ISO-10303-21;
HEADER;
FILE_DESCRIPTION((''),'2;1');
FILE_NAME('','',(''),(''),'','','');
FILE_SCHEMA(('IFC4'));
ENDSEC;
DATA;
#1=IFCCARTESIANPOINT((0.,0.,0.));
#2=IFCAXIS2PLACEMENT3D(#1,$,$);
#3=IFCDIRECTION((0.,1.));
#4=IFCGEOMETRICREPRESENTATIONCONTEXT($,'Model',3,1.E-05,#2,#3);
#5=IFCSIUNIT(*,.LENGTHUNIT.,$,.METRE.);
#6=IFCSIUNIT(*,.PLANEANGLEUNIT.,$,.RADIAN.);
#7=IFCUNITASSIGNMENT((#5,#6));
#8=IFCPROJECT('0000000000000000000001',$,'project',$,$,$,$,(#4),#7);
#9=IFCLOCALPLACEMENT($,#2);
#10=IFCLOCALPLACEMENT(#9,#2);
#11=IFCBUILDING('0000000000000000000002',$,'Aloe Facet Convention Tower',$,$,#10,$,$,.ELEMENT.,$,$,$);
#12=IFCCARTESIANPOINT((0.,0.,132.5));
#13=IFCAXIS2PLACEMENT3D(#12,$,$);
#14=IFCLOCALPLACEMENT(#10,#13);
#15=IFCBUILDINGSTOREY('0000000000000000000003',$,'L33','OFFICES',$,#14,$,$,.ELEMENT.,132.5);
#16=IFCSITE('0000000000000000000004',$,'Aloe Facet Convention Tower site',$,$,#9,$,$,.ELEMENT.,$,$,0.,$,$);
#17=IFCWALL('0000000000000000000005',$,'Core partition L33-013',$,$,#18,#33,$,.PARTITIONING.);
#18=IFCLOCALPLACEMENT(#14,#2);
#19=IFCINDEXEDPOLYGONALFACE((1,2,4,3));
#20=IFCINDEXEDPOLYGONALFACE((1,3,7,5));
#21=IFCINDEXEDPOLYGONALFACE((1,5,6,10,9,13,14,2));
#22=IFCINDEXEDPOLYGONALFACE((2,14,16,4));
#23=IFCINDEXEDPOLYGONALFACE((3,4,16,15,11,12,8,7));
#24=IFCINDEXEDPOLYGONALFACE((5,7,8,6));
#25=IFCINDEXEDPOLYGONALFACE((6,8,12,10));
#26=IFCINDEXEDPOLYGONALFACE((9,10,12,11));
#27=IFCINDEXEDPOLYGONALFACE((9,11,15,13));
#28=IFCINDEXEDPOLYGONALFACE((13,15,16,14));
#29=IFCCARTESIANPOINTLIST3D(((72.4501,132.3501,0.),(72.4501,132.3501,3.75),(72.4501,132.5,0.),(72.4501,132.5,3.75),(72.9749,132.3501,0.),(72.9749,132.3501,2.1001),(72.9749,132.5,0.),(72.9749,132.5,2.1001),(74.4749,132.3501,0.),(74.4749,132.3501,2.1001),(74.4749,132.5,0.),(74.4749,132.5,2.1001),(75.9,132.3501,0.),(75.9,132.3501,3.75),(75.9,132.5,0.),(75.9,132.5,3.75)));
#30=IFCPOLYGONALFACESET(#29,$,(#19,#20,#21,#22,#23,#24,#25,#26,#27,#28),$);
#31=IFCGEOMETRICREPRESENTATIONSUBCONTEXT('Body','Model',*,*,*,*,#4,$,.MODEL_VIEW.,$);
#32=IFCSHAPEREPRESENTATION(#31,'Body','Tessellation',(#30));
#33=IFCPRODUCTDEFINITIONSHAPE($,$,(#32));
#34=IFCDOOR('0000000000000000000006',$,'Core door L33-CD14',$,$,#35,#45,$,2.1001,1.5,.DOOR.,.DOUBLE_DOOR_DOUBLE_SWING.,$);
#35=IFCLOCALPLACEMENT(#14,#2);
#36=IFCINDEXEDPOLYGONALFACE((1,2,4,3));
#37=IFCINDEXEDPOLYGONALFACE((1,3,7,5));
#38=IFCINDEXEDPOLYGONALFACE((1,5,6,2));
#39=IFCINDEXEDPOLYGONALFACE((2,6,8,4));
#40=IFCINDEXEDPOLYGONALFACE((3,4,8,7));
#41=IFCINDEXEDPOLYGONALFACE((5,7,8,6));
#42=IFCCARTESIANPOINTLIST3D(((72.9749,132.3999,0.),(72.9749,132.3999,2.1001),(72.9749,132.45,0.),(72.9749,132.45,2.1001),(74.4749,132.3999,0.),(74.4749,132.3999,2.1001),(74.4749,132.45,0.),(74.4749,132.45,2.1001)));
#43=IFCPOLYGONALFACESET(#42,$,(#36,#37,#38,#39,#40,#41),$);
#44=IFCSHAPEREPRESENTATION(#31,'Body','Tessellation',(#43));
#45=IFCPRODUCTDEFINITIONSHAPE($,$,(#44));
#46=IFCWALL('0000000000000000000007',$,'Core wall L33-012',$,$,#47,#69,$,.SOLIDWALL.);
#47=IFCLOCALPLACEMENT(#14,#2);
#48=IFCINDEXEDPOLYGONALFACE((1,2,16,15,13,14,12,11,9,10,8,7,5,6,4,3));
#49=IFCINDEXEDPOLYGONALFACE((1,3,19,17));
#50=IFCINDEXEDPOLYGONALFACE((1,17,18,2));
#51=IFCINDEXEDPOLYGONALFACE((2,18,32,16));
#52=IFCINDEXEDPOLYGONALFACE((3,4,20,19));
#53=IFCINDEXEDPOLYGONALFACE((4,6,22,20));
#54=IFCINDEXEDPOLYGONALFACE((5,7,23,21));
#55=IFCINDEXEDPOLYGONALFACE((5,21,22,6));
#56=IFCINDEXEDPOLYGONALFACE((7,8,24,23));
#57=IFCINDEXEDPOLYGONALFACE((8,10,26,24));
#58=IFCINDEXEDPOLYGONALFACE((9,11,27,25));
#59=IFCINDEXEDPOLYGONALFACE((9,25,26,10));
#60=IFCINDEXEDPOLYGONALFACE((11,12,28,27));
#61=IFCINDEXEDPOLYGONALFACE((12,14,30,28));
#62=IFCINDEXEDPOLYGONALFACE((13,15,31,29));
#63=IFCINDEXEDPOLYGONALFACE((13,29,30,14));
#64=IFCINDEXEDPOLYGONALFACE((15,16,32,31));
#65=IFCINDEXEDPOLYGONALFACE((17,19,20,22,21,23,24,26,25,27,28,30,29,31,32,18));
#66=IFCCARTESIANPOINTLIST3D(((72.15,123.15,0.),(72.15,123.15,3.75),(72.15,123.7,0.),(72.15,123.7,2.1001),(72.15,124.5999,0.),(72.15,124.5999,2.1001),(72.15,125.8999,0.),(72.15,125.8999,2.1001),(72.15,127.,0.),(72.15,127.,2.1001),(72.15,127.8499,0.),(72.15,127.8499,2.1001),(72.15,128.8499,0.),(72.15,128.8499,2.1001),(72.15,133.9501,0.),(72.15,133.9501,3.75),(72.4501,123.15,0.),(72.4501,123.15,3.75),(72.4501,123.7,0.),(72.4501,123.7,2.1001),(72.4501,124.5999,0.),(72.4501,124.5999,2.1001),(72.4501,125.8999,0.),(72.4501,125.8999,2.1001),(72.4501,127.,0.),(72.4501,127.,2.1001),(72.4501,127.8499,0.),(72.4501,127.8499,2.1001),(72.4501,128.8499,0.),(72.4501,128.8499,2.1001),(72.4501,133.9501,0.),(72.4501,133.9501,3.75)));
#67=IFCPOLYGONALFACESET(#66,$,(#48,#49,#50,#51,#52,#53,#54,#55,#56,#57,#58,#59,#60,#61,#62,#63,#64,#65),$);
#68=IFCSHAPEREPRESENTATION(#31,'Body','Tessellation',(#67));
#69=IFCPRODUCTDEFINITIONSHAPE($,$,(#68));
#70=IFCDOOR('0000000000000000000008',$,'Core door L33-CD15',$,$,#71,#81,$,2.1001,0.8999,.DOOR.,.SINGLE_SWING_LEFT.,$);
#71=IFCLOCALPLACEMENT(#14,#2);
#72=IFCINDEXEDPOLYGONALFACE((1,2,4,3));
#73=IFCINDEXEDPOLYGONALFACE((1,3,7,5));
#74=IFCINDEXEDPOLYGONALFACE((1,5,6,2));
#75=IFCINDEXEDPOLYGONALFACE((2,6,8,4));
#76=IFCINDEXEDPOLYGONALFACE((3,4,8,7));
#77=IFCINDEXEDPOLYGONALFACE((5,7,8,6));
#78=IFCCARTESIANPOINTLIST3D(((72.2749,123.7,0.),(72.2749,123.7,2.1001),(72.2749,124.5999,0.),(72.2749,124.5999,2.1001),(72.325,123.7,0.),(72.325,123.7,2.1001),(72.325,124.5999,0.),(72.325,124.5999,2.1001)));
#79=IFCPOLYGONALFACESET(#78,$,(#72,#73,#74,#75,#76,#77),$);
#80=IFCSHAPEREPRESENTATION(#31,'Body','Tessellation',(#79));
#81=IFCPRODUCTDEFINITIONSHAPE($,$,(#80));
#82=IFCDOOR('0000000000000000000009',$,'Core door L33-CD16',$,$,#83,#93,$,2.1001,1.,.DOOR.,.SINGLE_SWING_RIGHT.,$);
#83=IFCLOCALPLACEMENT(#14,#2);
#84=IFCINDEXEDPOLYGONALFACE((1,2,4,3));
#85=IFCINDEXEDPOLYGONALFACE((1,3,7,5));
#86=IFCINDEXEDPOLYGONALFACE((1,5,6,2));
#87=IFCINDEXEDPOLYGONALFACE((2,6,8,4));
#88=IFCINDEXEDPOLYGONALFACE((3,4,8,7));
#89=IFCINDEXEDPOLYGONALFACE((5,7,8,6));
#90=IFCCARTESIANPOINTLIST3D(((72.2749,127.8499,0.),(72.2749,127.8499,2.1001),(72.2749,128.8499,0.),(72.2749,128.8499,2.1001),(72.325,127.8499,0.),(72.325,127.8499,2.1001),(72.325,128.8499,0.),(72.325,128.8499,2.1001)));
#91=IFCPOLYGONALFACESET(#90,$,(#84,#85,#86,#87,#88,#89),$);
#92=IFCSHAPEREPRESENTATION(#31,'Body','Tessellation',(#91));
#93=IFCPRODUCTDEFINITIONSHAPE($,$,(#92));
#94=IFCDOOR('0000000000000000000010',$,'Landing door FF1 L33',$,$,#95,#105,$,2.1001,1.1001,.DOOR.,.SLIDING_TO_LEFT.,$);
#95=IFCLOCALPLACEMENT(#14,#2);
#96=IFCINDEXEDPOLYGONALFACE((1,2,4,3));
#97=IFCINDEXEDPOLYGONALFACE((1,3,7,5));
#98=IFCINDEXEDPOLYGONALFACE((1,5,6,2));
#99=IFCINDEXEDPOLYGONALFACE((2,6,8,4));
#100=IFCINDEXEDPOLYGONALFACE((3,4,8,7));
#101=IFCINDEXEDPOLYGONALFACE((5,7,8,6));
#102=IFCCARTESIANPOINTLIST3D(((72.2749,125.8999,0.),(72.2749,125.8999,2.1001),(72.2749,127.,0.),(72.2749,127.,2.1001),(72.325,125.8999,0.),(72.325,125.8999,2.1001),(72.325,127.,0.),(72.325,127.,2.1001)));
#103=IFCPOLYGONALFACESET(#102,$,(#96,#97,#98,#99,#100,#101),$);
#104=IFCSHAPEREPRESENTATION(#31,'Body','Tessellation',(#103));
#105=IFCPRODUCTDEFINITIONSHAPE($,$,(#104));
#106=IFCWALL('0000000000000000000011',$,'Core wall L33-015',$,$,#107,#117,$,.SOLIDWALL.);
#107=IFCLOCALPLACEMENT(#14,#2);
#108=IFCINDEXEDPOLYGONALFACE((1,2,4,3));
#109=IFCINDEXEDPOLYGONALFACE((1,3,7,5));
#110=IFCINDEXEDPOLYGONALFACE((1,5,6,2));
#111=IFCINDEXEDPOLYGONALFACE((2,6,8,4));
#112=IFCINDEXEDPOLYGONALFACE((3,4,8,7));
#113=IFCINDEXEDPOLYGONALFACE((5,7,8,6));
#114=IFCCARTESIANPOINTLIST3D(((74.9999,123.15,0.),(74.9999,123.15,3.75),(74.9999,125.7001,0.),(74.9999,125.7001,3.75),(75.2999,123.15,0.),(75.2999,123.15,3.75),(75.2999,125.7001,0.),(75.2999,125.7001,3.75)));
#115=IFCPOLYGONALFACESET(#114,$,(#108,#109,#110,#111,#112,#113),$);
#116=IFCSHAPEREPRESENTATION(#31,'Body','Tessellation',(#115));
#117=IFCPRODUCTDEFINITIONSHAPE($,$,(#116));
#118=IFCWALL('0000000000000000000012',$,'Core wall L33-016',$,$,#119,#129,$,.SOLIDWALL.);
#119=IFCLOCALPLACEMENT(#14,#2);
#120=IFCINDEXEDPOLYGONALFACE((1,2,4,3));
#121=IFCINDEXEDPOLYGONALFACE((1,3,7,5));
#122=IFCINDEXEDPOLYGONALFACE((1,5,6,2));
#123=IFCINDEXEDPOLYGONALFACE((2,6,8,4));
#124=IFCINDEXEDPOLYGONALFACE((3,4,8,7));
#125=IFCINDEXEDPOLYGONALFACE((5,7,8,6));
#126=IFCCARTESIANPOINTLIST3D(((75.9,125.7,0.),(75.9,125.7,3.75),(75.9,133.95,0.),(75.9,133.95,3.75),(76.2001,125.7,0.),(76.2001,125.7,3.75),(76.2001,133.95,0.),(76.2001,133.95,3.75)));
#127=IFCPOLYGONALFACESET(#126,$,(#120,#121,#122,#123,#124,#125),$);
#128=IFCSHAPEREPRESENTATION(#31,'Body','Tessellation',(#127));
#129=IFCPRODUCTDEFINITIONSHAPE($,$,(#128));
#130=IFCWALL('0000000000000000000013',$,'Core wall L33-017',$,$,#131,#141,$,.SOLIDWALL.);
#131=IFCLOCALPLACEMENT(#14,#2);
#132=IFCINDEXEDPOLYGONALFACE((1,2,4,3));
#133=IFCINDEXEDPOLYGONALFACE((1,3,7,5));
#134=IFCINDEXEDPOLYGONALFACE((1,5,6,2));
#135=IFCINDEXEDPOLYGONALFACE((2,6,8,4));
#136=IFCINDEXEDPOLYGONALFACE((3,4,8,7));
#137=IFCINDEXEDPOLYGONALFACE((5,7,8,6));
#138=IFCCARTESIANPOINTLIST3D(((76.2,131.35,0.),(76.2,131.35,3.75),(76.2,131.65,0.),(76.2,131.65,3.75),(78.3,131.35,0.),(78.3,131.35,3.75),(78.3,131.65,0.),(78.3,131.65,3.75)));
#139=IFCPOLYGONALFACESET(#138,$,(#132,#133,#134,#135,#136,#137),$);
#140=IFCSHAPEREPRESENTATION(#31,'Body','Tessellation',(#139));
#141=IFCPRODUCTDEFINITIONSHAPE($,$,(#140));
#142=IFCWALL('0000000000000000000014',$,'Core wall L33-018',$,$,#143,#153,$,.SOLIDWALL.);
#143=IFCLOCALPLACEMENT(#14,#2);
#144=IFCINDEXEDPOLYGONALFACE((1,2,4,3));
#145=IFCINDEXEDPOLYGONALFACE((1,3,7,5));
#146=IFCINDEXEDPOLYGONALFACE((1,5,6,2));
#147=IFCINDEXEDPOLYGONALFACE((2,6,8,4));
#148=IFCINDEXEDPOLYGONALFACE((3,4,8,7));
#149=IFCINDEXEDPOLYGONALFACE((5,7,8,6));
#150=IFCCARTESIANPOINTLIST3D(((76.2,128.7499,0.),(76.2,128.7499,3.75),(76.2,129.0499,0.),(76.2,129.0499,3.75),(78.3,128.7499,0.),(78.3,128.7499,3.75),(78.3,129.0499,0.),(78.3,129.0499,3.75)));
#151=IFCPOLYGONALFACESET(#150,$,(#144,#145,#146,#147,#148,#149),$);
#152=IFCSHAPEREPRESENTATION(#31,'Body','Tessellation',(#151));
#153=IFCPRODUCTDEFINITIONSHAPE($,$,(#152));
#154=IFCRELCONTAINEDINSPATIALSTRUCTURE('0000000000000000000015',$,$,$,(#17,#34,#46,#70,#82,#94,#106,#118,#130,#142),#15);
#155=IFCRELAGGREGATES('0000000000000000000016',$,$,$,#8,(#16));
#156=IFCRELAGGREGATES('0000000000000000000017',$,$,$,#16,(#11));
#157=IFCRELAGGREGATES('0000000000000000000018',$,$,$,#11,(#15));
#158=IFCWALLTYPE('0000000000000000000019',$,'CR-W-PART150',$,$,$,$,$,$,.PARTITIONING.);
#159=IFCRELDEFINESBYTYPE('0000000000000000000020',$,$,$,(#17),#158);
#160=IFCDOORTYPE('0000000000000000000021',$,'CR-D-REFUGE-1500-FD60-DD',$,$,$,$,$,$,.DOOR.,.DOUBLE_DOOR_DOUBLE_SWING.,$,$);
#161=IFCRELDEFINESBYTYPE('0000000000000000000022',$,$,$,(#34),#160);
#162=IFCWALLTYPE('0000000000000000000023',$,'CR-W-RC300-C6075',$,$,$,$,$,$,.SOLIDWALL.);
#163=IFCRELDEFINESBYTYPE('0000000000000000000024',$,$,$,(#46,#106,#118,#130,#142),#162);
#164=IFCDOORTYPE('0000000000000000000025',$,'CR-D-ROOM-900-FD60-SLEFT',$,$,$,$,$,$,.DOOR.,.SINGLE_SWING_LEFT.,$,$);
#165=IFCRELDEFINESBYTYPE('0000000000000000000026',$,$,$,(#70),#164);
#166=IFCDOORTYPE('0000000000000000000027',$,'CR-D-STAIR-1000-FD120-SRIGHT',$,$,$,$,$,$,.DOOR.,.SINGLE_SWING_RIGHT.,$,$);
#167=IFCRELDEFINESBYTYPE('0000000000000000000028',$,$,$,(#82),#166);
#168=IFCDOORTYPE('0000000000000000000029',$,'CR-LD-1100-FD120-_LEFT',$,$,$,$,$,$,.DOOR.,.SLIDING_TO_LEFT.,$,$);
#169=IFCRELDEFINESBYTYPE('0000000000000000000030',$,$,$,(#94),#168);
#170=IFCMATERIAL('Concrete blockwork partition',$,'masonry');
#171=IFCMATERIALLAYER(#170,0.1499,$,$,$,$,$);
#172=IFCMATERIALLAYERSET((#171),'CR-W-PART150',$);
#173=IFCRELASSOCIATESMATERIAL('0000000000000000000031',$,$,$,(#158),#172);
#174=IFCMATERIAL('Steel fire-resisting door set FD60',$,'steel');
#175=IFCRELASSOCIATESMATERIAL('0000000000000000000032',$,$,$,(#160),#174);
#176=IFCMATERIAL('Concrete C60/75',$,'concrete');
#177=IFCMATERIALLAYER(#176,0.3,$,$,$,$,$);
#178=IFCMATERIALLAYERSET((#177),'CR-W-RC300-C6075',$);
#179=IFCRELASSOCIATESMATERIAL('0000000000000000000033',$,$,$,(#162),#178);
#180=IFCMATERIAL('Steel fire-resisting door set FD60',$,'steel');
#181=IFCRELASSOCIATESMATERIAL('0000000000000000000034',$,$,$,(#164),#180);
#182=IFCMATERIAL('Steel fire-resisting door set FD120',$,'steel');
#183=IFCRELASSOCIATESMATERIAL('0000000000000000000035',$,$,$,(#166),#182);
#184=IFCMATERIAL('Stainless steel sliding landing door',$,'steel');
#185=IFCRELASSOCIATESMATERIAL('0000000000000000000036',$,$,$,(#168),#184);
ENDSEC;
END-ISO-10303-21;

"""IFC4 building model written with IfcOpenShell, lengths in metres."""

from ifc_helpers import new_model, si_unit, direction, frame, frame_2d, origin, place, context, subcontext, project, spatial, rectangle, extrude, material, layer, layer_set, type_object, element, fill, save


model = new_model("IFC4")

# Units and contexts
model_context = context("Model", 3, precision=1e-05, world=origin(), true_north=direction((0.0, 1.0)))
body_context = subcontext(model_context, "Body", "Model", "MODEL_VIEW")
ifc_project = project(units=[si_unit("LENGTHUNIT", "METRE"), si_unit("PLANEANGLEUNIT", "RADIAN")], contexts=[model_context])

# Site, building, storey
site_placement = place(None, origin())
site = spatial("IfcSite", under=ifc_project, at=site_placement, Name="Aloe Facet Convention Tower site", CompositionType="ELEMENT", RefElevation=0.0)
building_placement = place(site_placement, origin())
building = spatial("IfcBuilding", under=site, at=building_placement, Name="Aloe Facet Convention Tower", CompositionType="ELEMENT")
storey_placement = place(building_placement, frame((0.0, 0.0, 132.5)))
storey = spatial("IfcBuildingStorey", under=building, at=storey_placement, Name="L33", Description="OFFICES", CompositionType="ELEMENT", Elevation=132.5)

# Wall, opening, door
ifc_material_1 = material(Name="Concrete blockwork partition", Category="masonry")
ifc_layer_1 = layer(ifc_material_1, 0.1499)
ifc_layer_set_1 = layer_set([ifc_layer_1], Name="CR-W-PART150")
wall_type_1 = type_object("IfcWallType", Name="CR-W-PART150", PredefinedType="PARTITIONING", material=ifc_layer_set_1)
wall_1_placement = place(storey_placement, frame((72.45, 132.425, 0.0), z_axis=(0.0, 0.0, 1.0), x_axis=(1.0, 0.0, 0.0)))
wall_1 = element("IfcWall", 1, at=wall_1_placement, inside=storey, type_object=wall_type_1, Name="Core partition L33-013", PredefinedType="PARTITIONING", context=body_context, shape_type="SweptSolid", body=[
    extrude(rectangle(XDim=3.45, YDim=0.1499, at=frame_2d((1.7251, 0.0))), origin(), (0.0, 0.0, 1.0), 3.75),
])
opening_1_placement = place(wall_1_placement, frame((0.5249, 0.0, 0.0)))
opening_1 = element("IfcOpeningElement", 2, at=opening_1_placement, cuts=wall_1, PredefinedType="OPENING", context=body_context, shape_type="SweptSolid", body=[
    extrude(rectangle(XDim=1.5, YDim=2.1001, at=frame_2d((0.75, 1.05))), frame((0.0, 0.085, 0.0), z_axis=(0.0, -1.0, 0.0), x_axis=(1.0, 0.0, 0.0)), (0.0, 0.0, 1.0), 0.1699),
])
ifc_material_2 = material(Name="Steel fire-resisting door set FD60", Category="steel")
door_type_1 = type_object("IfcDoorType", Name="CR-D-REFUGE-1500-FD60-DD", OperationType="DOUBLE_DOOR_DOUBLE_SWING", PredefinedType="DOOR", material=ifc_material_2)
door_1_placement = place(opening_1_placement, origin())
door_1 = element("IfcDoor", 3, at=door_1_placement, inside=storey, type_object=door_type_1, Name="Core door L33-CD14", OperationType="DOUBLE_DOOR_DOUBLE_SWING", OverallHeight=2.1001, OverallWidth=1.5, PredefinedType="DOOR", context=body_context, shape_type="SweptSolid", body=[
    extrude(rectangle(XDim=1.5, YDim=2.1001, at=frame_2d((0.75, 1.05))), frame((0.0, 0.0249, 0.0), z_axis=(0.0, -1.0, 0.0), x_axis=(1.0, 0.0, 0.0)), (0.0, 0.0, 1.0), 0.05),
])
fill(opening_1, door_1)

# Wall, openings, doors
ifc_material_3 = material(Name="Concrete C60/75", Category="concrete")
ifc_layer_2 = layer(ifc_material_3, 0.3)
ifc_layer_set_2 = layer_set([ifc_layer_2], Name="CR-W-RC300-C6075")
wall_type_2 = type_object("IfcWallType", Name="CR-W-RC300-C6075", PredefinedType="SOLIDWALL", material=ifc_layer_set_2)
wall_2_placement = place(storey_placement, frame((72.3, 133.95, 0.0), z_axis=(0.0, 0.0, 1.0), x_axis=(0.0, -1.0, 0.0)))
wall_2 = element("IfcWall", 4, at=wall_2_placement, inside=storey, type_object=wall_type_2, Name="Core wall L33-012", PredefinedType="SOLIDWALL", context=body_context, shape_type="SweptSolid", body=[
    extrude(rectangle(XDim=10.8, YDim=0.3, at=frame_2d((5.3999, 0.0))), origin(), (0.0, 0.0, 1.0), 3.75),
])
opening_2_placement = place(wall_2_placement, frame((6.95, 0.0, 0.0)))
opening_2 = element("IfcOpeningElement", 5, at=opening_2_placement, cuts=wall_2, PredefinedType="OPENING", context=body_context, shape_type="SweptSolid", body=[
    extrude(rectangle(XDim=1.1001, YDim=2.1001, at=frame_2d((0.55, 1.05))), frame((0.0, 0.1602, 0.0), z_axis=(0.0, -1.0, 0.0), x_axis=(1.0, 0.0, 0.0)), (0.0, 0.0, 1.0), 0.3201),
])
opening_3_placement = place(wall_2_placement, frame((9.3501, 0.0, 0.0)))
opening_3 = element("IfcOpeningElement", 6, at=opening_3_placement, cuts=wall_2, PredefinedType="OPENING", context=body_context, shape_type="SweptSolid", body=[
    extrude(rectangle(XDim=0.8999, YDim=2.1001, at=frame_2d((0.45, 1.05))), frame((0.0, 0.1602, 0.0), z_axis=(0.0, -1.0, 0.0), x_axis=(1.0, 0.0, 0.0)), (0.0, 0.0, 1.0), 0.3201),
])
opening_4_placement = place(wall_2_placement, frame((5.1001, 0.0, 0.0)))
opening_4 = element("IfcOpeningElement", 7, at=opening_4_placement, cuts=wall_2, PredefinedType="OPENING", context=body_context, shape_type="SweptSolid", body=[
    extrude(rectangle(XDim=1.0, YDim=2.1001, at=frame_2d((0.5, 1.05))), frame((0.0, 0.1602, 0.0), z_axis=(0.0, -1.0, 0.0), x_axis=(1.0, 0.0, 0.0)), (0.0, 0.0, 1.0), 0.3201),
])
ifc_material_4 = material(Name="Steel fire-resisting door set FD60", Category="steel")
door_type_2 = type_object("IfcDoorType", Name="CR-D-ROOM-900-FD60-SLEFT", OperationType="SINGLE_SWING_LEFT", PredefinedType="DOOR", material=ifc_material_4)
door_2_placement = place(opening_3_placement, origin())
door_2 = element("IfcDoor", 8, at=door_2_placement, inside=storey, type_object=door_type_2, Name="Core door L33-CD15", OperationType="SINGLE_SWING_LEFT", OverallHeight=2.1001, OverallWidth=0.8999, PredefinedType="DOOR", context=body_context, shape_type="SweptSolid", body=[
    extrude(rectangle(XDim=0.8999, YDim=2.1001, at=frame_2d((0.45, 1.05))), frame((0.0, 0.0249, 0.0), z_axis=(0.0, -1.0, 0.0), x_axis=(1.0, 0.0, 0.0)), (0.0, 0.0, 1.0), 0.05),
])
fill(opening_3, door_2)
ifc_material_5 = material(Name="Steel fire-resisting door set FD120", Category="steel")
door_type_3 = type_object("IfcDoorType", Name="CR-D-STAIR-1000-FD120-SRIGHT", OperationType="SINGLE_SWING_RIGHT", PredefinedType="DOOR", material=ifc_material_5)
door_3_placement = place(opening_4_placement, origin())
door_3 = element("IfcDoor", 9, at=door_3_placement, inside=storey, type_object=door_type_3, Name="Core door L33-CD16", OperationType="SINGLE_SWING_RIGHT", OverallHeight=2.1001, OverallWidth=1.0, PredefinedType="DOOR", context=body_context, shape_type="SweptSolid", body=[
    extrude(rectangle(XDim=1.0, YDim=2.1001, at=frame_2d((0.5, 1.05))), frame((0.0, 0.0249, 0.0), z_axis=(0.0, -1.0, 0.0), x_axis=(1.0, 0.0, 0.0)), (0.0, 0.0, 1.0), 0.05),
])
fill(opening_4, door_3)
ifc_material_6 = material(Name="Stainless steel sliding landing door", Category="steel")
door_type_4 = type_object("IfcDoorType", Name="CR-LD-1100-FD120-_LEFT", OperationType="SLIDING_TO_LEFT", PredefinedType="DOOR", material=ifc_material_6)
door_4_placement = place(opening_2_placement, origin())
door_4 = element("IfcDoor", 10, at=door_4_placement, inside=storey, type_object=door_type_4, Name="Landing door FF1 L33", OperationType="SLIDING_TO_LEFT", OverallHeight=2.1001, OverallWidth=1.1001, PredefinedType="DOOR", context=body_context, shape_type="SweptSolid", body=[
    extrude(rectangle(XDim=1.1001, YDim=2.1001, at=frame_2d((0.55, 1.05))), frame((0.0, 0.0249, 0.0), z_axis=(0.0, -1.0, 0.0), x_axis=(1.0, 0.0, 0.0)), (0.0, 0.0, 1.0), 0.05),
])
fill(opening_2, door_4)

# Walls
wall_3_placement = place(storey_placement, frame((75.1499, 125.7, 0.0), z_axis=(0.0, 0.0, 1.0), x_axis=(0.0, -1.0, 0.0)))
element("IfcWall", 11, at=wall_3_placement, inside=storey, type_object=wall_type_2, Name="Core wall L33-015", PredefinedType="SOLIDWALL", context=body_context, shape_type="SweptSolid", body=[
    extrude(rectangle(XDim=2.55, YDim=0.3, at=frame_2d((1.2749, 0.0))), origin(), (0.0, 0.0, 1.0), 3.75),
])
wall_4_placement = place(storey_placement, frame((76.05, 133.95, 0.0), z_axis=(0.0, 0.0, 1.0), x_axis=(0.0, -1.0, 0.0)))
element("IfcWall", 12, at=wall_4_placement, inside=storey, type_object=wall_type_2, Name="Core wall L33-016", PredefinedType="SOLIDWALL", context=body_context, shape_type="SweptSolid", body=[
    extrude(rectangle(XDim=8.25, YDim=0.3, at=frame_2d((4.125, 0.0))), origin(), (0.0, 0.0, 1.0), 3.75),
])
for number, where, z_axis, x_axis, name in (
    (13, (76.2, 131.5, 0.0), (0.0, 0.0, 1.0), (1.0, 0.0, 0.0), "Core wall L33-017"),
    (14, (76.2, 128.8999, 0.0), (0.0, 0.0, 1.0), (1.0, 0.0, 0.0), "Core wall L33-018"),
):
    element("IfcWall", number, at=place(storey_placement, frame(where, z_axis=z_axis, x_axis=x_axis)), inside=storey, type_object=wall_type_2, Name=name, PredefinedType="SOLIDWALL", context=body_context, shape_type="SweptSolid", body=[
        extrude(rectangle(XDim=2.1001, YDim=0.3, at=frame_2d((1.05, 0.0))), origin(), (0.0, 0.0, 1.0), 3.75),
    ])

save(model, "model.ifc")
